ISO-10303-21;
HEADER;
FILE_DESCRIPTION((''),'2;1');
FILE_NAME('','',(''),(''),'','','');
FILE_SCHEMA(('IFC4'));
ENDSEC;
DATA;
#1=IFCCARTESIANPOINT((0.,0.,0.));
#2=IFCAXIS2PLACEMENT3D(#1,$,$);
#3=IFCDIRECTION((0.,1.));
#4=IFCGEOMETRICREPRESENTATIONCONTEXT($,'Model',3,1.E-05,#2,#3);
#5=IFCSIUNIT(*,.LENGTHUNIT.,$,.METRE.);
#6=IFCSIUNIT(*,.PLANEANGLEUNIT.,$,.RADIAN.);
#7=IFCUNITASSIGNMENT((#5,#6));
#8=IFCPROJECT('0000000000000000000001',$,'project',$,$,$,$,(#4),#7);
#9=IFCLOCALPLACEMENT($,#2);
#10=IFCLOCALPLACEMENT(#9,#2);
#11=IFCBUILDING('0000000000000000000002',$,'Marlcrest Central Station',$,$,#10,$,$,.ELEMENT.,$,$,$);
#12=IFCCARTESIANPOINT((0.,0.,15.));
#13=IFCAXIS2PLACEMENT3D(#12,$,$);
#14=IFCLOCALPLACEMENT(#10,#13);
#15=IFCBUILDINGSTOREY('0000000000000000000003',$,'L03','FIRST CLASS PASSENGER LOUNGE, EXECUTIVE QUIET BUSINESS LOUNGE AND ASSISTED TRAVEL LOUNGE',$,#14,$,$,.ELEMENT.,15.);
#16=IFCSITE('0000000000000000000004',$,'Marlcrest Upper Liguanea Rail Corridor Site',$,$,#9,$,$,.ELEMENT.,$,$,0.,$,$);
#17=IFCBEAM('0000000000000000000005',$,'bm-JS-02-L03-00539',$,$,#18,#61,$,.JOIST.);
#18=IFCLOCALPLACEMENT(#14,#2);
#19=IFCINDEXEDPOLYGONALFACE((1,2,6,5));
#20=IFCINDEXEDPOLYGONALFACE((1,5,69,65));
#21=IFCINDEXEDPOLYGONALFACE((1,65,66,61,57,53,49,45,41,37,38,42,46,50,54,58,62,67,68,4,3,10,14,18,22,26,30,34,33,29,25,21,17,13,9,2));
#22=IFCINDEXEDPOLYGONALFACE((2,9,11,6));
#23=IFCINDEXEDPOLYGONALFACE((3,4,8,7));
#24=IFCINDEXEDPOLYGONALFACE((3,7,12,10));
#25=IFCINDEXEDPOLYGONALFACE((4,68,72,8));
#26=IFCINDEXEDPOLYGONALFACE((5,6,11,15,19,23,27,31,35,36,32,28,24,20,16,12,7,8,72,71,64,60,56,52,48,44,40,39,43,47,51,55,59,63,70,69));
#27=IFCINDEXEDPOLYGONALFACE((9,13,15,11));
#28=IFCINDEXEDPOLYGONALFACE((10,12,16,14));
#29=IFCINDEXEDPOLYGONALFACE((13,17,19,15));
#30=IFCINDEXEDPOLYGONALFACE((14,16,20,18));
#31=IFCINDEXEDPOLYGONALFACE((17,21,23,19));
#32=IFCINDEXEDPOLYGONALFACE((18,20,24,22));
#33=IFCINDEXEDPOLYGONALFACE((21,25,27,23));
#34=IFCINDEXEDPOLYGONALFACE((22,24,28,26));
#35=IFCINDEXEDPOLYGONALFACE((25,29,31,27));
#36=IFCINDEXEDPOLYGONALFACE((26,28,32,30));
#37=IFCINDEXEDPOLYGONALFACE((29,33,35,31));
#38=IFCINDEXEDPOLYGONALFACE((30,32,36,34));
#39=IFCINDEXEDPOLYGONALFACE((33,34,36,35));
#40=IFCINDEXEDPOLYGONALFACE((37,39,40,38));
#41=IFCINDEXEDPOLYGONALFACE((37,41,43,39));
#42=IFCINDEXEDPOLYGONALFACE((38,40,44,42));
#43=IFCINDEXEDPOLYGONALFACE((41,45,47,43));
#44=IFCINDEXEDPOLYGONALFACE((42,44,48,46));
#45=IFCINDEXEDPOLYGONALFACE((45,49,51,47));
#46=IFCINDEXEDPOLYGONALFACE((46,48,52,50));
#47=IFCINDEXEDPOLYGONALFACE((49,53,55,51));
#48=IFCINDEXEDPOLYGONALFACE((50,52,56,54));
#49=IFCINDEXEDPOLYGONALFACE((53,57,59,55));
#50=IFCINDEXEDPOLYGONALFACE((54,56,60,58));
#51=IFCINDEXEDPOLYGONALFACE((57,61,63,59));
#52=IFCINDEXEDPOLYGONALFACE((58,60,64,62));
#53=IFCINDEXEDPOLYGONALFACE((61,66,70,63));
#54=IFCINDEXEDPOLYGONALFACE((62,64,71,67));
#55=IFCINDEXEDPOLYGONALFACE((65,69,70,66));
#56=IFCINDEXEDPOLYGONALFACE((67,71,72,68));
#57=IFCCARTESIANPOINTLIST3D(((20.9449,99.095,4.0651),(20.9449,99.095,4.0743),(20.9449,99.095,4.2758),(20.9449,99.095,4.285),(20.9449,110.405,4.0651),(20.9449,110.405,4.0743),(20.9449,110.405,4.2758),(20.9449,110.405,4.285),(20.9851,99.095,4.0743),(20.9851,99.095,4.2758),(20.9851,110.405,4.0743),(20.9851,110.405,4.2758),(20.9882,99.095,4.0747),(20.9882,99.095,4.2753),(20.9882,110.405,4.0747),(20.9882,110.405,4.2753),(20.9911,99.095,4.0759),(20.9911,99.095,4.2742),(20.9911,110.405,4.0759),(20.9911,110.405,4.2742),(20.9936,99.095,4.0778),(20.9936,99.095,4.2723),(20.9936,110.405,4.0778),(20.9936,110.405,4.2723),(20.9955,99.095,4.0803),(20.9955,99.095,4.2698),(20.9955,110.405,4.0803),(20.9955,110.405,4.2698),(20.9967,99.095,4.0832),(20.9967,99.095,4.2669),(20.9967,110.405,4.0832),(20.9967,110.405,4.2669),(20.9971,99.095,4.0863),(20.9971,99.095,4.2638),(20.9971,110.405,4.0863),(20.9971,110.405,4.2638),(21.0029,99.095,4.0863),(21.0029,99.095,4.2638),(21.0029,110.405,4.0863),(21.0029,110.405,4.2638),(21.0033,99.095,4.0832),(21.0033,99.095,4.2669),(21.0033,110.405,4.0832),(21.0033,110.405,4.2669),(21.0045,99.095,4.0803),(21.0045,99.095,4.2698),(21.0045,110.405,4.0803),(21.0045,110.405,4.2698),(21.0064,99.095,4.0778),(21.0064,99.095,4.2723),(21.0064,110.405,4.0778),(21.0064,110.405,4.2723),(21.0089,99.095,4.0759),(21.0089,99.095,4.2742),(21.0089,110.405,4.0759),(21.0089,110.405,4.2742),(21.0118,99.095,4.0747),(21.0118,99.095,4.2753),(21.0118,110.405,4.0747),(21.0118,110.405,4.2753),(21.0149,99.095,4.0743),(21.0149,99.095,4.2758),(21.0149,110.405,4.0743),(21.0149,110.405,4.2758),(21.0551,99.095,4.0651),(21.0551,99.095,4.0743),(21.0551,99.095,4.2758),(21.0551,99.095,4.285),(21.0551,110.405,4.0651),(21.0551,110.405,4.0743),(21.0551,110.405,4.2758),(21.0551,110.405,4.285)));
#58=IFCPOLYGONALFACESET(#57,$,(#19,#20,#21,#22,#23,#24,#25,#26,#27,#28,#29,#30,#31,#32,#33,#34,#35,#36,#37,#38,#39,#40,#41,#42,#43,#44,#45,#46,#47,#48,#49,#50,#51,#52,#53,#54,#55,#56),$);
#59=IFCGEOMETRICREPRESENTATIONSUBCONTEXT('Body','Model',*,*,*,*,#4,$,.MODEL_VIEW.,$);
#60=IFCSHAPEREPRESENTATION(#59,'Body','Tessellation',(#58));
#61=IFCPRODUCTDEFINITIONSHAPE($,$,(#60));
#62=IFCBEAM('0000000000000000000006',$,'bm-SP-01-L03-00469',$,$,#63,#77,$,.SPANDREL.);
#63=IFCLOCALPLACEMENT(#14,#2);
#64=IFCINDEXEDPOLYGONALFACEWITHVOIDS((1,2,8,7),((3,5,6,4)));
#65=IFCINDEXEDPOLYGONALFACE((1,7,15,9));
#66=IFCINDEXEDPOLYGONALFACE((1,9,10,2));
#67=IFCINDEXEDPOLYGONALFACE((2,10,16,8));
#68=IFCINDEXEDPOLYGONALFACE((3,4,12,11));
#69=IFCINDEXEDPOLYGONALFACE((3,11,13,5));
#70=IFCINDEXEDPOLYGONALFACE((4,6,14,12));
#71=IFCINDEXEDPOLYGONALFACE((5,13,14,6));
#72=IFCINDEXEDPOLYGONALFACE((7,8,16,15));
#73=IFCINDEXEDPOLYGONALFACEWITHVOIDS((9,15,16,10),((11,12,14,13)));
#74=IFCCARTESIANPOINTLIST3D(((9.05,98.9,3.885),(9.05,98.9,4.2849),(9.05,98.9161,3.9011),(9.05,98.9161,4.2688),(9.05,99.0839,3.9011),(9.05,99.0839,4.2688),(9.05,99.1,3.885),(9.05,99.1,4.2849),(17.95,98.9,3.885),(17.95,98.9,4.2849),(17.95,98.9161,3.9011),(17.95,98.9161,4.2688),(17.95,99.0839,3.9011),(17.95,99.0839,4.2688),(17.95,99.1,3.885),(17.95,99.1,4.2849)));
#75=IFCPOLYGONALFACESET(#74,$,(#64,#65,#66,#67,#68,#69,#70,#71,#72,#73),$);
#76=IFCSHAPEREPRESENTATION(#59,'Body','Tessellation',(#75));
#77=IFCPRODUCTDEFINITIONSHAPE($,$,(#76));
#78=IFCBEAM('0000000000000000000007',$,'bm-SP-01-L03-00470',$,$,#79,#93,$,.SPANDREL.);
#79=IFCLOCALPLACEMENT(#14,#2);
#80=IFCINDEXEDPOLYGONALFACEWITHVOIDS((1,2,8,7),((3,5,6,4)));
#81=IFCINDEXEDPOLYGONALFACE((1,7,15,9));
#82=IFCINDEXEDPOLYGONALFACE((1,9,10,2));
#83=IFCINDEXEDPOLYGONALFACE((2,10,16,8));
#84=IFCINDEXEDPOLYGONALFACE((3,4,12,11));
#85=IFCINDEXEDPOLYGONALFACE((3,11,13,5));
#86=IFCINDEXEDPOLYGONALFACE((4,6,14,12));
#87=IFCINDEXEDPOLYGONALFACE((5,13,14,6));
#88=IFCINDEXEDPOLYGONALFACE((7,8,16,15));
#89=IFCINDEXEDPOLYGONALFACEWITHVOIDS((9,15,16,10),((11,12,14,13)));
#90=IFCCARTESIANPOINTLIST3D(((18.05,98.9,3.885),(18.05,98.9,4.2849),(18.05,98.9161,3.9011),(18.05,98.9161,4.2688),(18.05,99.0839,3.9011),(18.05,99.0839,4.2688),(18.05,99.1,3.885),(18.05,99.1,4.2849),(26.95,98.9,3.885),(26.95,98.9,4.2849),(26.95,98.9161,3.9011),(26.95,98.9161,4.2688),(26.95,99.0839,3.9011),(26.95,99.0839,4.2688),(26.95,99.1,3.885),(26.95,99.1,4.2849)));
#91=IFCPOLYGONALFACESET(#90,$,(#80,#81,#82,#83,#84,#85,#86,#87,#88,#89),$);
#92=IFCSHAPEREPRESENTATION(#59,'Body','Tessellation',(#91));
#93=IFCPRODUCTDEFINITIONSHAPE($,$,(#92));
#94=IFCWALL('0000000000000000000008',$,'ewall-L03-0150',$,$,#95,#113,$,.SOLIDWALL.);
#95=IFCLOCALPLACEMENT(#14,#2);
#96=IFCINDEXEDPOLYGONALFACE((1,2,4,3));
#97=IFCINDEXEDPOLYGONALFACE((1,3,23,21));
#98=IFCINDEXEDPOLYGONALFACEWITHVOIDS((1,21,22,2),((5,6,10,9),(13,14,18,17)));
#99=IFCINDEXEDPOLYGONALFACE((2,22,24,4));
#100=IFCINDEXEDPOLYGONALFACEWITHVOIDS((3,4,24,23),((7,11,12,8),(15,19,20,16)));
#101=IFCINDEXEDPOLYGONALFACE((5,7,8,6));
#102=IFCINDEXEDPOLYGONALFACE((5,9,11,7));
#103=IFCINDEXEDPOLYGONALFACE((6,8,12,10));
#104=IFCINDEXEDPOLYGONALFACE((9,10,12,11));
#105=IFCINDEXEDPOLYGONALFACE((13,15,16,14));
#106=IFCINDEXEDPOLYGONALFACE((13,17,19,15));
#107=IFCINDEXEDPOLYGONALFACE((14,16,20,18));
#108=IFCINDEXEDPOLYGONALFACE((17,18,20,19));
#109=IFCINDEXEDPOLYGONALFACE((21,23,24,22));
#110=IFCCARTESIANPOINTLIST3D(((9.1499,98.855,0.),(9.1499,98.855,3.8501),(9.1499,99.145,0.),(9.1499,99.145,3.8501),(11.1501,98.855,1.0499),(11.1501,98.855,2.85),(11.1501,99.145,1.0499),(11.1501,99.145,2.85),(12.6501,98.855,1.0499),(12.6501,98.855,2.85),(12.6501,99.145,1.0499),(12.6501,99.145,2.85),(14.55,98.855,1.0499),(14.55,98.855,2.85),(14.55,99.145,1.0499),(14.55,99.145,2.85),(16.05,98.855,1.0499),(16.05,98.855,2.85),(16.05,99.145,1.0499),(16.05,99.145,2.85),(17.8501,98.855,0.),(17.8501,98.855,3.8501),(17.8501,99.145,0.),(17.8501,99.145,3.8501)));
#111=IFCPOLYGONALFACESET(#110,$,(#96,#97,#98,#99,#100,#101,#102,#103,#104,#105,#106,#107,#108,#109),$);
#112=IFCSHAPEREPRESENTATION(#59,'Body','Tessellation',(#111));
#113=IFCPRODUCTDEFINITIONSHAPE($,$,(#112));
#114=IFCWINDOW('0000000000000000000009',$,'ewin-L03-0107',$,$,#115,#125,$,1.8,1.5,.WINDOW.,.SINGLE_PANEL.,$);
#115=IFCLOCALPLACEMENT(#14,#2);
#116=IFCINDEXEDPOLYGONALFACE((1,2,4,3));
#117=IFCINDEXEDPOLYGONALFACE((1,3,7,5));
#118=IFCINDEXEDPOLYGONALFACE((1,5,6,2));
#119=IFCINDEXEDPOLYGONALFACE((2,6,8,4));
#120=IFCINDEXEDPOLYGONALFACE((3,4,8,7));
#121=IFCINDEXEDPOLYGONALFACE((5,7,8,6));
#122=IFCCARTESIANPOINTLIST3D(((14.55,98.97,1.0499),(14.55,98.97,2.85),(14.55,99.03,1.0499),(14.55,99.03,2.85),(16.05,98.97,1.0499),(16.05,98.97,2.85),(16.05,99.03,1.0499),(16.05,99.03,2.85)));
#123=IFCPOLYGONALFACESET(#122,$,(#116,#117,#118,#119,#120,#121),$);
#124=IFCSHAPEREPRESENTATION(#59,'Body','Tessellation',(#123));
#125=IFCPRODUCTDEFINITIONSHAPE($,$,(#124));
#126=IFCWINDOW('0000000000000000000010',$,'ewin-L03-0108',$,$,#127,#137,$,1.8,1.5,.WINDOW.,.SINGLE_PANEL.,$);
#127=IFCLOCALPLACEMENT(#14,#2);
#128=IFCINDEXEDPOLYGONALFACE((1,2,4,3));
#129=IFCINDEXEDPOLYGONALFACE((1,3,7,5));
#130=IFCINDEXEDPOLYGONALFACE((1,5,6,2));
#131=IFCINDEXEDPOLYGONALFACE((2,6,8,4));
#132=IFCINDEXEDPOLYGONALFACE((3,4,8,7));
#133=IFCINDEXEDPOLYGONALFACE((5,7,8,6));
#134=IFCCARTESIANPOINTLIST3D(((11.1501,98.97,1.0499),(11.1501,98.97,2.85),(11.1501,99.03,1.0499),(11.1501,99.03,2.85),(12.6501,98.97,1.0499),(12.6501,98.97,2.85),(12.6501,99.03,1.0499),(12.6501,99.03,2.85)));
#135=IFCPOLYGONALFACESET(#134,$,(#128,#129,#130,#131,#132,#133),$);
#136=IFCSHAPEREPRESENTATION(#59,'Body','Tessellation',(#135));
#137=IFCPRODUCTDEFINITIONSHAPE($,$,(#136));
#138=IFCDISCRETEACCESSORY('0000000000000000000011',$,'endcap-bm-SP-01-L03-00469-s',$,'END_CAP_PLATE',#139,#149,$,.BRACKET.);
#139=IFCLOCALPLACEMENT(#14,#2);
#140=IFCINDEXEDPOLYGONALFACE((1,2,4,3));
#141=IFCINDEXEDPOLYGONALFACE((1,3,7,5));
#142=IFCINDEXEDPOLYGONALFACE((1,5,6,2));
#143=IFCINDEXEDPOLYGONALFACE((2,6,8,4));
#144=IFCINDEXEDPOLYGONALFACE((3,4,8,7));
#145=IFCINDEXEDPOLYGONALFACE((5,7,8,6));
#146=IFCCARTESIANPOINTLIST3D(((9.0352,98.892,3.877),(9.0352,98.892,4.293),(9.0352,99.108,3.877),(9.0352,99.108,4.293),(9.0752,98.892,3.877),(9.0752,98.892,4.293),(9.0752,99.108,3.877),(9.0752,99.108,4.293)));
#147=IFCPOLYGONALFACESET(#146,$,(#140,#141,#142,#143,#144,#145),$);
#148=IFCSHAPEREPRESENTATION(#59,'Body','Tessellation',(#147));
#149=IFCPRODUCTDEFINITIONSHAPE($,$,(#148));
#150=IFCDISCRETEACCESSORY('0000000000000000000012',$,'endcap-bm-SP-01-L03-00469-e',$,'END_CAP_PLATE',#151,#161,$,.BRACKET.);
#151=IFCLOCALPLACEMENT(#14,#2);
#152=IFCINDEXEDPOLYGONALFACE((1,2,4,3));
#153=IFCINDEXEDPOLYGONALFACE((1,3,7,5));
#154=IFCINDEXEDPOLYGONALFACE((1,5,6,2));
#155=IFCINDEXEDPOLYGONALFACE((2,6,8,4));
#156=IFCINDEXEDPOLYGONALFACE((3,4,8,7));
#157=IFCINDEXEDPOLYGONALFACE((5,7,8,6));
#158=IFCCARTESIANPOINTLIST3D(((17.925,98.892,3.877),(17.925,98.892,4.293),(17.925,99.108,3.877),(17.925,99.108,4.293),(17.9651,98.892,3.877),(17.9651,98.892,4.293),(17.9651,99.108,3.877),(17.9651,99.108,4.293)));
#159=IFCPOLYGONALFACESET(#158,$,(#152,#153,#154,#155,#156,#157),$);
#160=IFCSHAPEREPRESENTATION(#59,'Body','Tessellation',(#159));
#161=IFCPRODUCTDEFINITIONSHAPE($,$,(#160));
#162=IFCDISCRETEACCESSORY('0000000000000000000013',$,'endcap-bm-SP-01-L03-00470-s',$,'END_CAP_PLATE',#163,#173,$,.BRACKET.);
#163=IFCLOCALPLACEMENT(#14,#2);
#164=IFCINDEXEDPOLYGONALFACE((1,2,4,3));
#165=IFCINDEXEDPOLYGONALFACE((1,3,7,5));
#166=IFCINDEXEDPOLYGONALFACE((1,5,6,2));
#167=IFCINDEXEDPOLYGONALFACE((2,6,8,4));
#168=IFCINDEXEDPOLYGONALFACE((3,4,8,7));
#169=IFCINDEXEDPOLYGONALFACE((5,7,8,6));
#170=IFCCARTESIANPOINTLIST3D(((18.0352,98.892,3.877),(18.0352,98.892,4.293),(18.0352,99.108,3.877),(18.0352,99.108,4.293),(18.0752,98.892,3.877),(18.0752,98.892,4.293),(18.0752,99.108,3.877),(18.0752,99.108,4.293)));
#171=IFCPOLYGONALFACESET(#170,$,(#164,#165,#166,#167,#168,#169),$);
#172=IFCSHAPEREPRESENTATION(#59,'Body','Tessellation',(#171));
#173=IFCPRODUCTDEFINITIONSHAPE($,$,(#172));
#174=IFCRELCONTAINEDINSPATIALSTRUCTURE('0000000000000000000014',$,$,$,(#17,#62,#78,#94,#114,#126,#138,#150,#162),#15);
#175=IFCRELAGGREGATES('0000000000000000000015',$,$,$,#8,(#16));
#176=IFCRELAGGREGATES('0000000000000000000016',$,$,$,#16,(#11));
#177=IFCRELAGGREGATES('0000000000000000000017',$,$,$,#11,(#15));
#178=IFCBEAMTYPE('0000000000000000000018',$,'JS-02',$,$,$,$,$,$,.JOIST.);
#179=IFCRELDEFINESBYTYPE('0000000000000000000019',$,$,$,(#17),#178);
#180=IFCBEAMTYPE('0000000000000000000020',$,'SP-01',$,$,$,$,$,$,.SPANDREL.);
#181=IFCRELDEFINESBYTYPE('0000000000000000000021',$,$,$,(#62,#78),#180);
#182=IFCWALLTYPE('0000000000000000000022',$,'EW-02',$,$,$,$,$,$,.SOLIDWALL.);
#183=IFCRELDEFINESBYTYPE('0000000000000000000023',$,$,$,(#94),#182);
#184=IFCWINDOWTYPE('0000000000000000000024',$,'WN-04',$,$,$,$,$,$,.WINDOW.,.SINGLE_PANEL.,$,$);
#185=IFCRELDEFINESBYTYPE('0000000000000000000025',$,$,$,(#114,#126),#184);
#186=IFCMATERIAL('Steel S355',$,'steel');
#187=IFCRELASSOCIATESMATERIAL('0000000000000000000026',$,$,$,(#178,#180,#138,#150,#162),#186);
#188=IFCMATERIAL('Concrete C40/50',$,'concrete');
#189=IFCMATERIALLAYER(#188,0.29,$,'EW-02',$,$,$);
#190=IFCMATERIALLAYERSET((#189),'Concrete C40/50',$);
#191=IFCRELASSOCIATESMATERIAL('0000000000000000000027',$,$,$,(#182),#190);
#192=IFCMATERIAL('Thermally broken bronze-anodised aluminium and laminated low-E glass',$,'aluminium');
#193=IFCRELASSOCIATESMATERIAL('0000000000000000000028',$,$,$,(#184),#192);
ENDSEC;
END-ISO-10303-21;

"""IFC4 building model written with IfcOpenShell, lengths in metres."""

from ifc_helpers import new_model, si_unit, direction, frame, frame_2d, origin, origin_2d, place, context, subcontext, project, spatial, rectangle, hollow_rectangle, i_section, extrude, material, layer, layer_set, material_profile, profile_set, type_object, element, fill, save


model = new_model("IFC4")

# Units and contexts
model_context = context("Model", 3, precision=1e-05, world=origin(), true_north=direction((0.0, 1.0)))
body_context = subcontext(model_context, "Body", "Model", "MODEL_VIEW")
ifc_project = project(units=[si_unit("LENGTHUNIT", "METRE"), si_unit("PLANEANGLEUNIT", "RADIAN")], contexts=[model_context])

# Site, building, storey
site_placement = place(None, origin())
site = spatial("IfcSite", under=ifc_project, at=site_placement, Name="Marlcrest Upper Liguanea Rail Corridor Site", CompositionType="ELEMENT", RefElevation=0.0)
building_placement = place(site_placement, origin())
building = spatial("IfcBuilding", under=site, at=building_placement, Name="Marlcrest Central Station", CompositionType="ELEMENT")
storey_placement = place(building_placement, frame((0.0, 0.0, 15.0)))
storey = spatial("IfcBuildingStorey", under=building, at=storey_placement, Name="L03", Description="FIRST CLASS PASSENGER LOUNGE, EXECUTIVE QUIET BUSINESS LOUNGE AND ASSISTED TRAVEL LOUNGE", CompositionType="ELEMENT", Elevation=15.0)

# Shared definitions
ifc_material_1 = material(Name="Steel S355", Category="steel")

# Beams
ifc_material_profile_1 = material_profile(ifc_material_1, i_section(OverallWidth=0.1101, OverallDepth=0.22, WebThickness=0.0059, FlangeThickness=0.0093, FilletRadius=0.012, at=origin_2d()), Name="IPE 220")
ifc_profile_set_1 = profile_set([ifc_material_profile_1], Name="Steel S355")
beam_type_1 = type_object("IfcBeamType", Name="JS-02", PredefinedType="JOIST", material=ifc_profile_set_1)
beam_1_placement = place(storey_placement, frame((21.0, 99.095, 4.175), z_axis=(0.0, 1.0, 0.0), x_axis=(-1.0, 0.0, 0.0)))
element("IfcBeam", 1, at=beam_1_placement, inside=storey, type_object=beam_type_1, Name="bm-JS-02-L03-00539", PredefinedType="JOIST", context=body_context, shape_type="SweptSolid", body=[
    extrude(i_section(OverallWidth=0.1101, OverallDepth=0.22, WebThickness=0.0059, FlangeThickness=0.0093, FilletRadius=0.012, at=origin_2d()), origin(), (0.0, 0.0, 1.0), 11.3101),
])
ifc_material_profile_2 = material_profile(ifc_material_1, hollow_rectangle(XDim=0.2, YDim=0.3999, WallThickness=0.0161, at=origin_2d()), Name="RHS 400x200x16")
ifc_profile_set_2 = profile_set([ifc_material_profile_2], Name="Steel S355")
beam_type_2 = type_object("IfcBeamType", Name="SP-01", PredefinedType="SPANDREL", material=ifc_profile_set_2)
for number, where, z_axis, x_axis, name in (
    (2, (9.05, 99.0, 4.085), (1.0, 0.0, 0.0), (0.0, 1.0, 0.0), "bm-SP-01-L03-00469"),
    (3, (18.05, 99.0, 4.085), (1.0, 0.0, 0.0), (0.0, 1.0, 0.0), "bm-SP-01-L03-00470"),
):
    element("IfcBeam", number, at=place(storey_placement, frame(where, z_axis=z_axis, x_axis=x_axis)), inside=storey, type_object=beam_type_2, Name=name, PredefinedType="SPANDREL", context=body_context, shape_type="SweptSolid", body=[
        extrude(hollow_rectangle(XDim=0.2, YDim=0.3999, WallThickness=0.0161, at=origin_2d()), origin(), (0.0, 0.0, 1.0), 8.8999),
    ])

# Wall, openings, windows
ifc_material_2 = material(Name="Concrete C40/50", Category="concrete")
ifc_layer = layer(ifc_material_2, 0.29, Name="EW-02")
ifc_layer_set = layer_set([ifc_layer], Name="Concrete C40/50")
wall_type = type_object("IfcWallType", Name="EW-02", PredefinedType="SOLIDWALL", material=ifc_layer_set)
wall_placement = place(storey_placement, frame((17.8501, 99.0, 0.0), z_axis=(0.0, 0.0, 1.0), x_axis=(-1.0, 0.0, 0.0)))
wall = element("IfcWall", 4, at=wall_placement, inside=storey, type_object=wall_type, Name="ewall-L03-0150", PredefinedType="SOLIDWALL", context=body_context, shape_type="SweptSolid", body=[
    extrude(rectangle(XDim=8.7002, YDim=0.29, at=frame_2d((4.3501, 0.0))), origin(), (0.0, 0.0, 1.0), 3.8501),
])
opening_1_placement = place(wall_placement, frame((1.8, 0.0, 1.05)))
opening_1 = element("IfcOpeningElement", 5, at=opening_1_placement, cuts=wall, PredefinedType="OPENING", context=body_context, shape_type="SweptSolid", body=[
    extrude(rectangle(XDim=1.5, YDim=1.8, at=frame_2d((0.75, 0.8999))), frame((0.0, 0.155, 0.0), z_axis=(0.0, -1.0, 0.0), x_axis=(1.0, 0.0, 0.0)), (0.0, 0.0, 1.0), 0.3101),
])
opening_2_placement = place(wall_placement, frame((5.2, 0.0, 1.05)))
opening_2 = element("IfcOpeningElement", 6, at=opening_2_placement, cuts=wall, PredefinedType="OPENING", context=body_context, shape_type="SweptSolid", body=[
    extrude(rectangle(XDim=1.5, YDim=1.8, at=frame_2d((0.75, 0.8999))), frame((0.0, 0.155, 0.0), z_axis=(0.0, -1.0, 0.0), x_axis=(1.0, 0.0, 0.0)), (0.0, 0.0, 1.0), 0.3101),
])
ifc_material_3 = material(Name="Thermally broken bronze-anodised aluminium and laminated low-E glass", Category="aluminium")
window_type = type_object("IfcWindowType", Name="WN-04", PartitioningType="SINGLE_PANEL", PredefinedType="WINDOW", material=ifc_material_3)
window_1_placement = place(opening_1_placement, origin())
window_1 = element("IfcWindow", 7, at=window_1_placement, inside=storey, type_object=window_type, Name="ewin-L03-0107", OverallHeight=1.8, OverallWidth=1.5, PartitioningType="SINGLE_PANEL", PredefinedType="WINDOW", context=body_context, shape_type="SweptSolid", body=[
    extrude(rectangle(XDim=1.5, YDim=1.8, at=frame_2d((0.75, 0.8999))), frame((0.0, 0.03, 0.0), z_axis=(0.0, -1.0, 0.0), x_axis=(1.0, 0.0, 0.0)), (0.0, 0.0, 1.0), 0.0601),
])
fill(opening_1, window_1)
window_2_placement = place(opening_2_placement, origin())
window_2 = element("IfcWindow", 8, at=window_2_placement, inside=storey, type_object=window_type, Name="ewin-L03-0108", OverallHeight=1.8, OverallWidth=1.5, PartitioningType="SINGLE_PANEL", PredefinedType="WINDOW", context=body_context, shape_type="SweptSolid", body=[
    extrude(rectangle(XDim=1.5, YDim=1.8, at=frame_2d((0.75, 0.8999))), frame((0.0, 0.03, 0.0), z_axis=(0.0, -1.0, 0.0), x_axis=(1.0, 0.0, 0.0)), (0.0, 0.0, 1.0), 0.0601),
])
fill(opening_2, window_2)

# Discrete accessories
for number, where, z_axis, x_axis, name in (
    (9, (9.0352, 99.0, 4.085), (1.0, 0.0, 0.0), (0.0, 1.0, 0.0), "endcap-bm-SP-01-L03-00469-s"),
    (10, (17.925, 99.0, 4.085), (1.0, 0.0, 0.0), (0.0, 1.0, 0.0), "endcap-bm-SP-01-L03-00469-e"),
    (11, (18.0352, 99.0, 4.085), (1.0, 0.0, 0.0), (0.0, 1.0, 0.0), "endcap-bm-SP-01-L03-00470-s"),
):
    element("IfcDiscreteAccessory", number, at=place(storey_placement, frame(where, z_axis=z_axis, x_axis=x_axis)), inside=storey, material=ifc_material_1, Name=name, ObjectType="END_CAP_PLATE", PredefinedType="BRACKET", context=body_context, shape_type="SweptSolid", body=[
        extrude(rectangle(XDim=0.2161, YDim=0.416, at=origin_2d()), origin(), (0.0, 0.0, 1.0), 0.04),
    ])

save(model, "model.ifc")
